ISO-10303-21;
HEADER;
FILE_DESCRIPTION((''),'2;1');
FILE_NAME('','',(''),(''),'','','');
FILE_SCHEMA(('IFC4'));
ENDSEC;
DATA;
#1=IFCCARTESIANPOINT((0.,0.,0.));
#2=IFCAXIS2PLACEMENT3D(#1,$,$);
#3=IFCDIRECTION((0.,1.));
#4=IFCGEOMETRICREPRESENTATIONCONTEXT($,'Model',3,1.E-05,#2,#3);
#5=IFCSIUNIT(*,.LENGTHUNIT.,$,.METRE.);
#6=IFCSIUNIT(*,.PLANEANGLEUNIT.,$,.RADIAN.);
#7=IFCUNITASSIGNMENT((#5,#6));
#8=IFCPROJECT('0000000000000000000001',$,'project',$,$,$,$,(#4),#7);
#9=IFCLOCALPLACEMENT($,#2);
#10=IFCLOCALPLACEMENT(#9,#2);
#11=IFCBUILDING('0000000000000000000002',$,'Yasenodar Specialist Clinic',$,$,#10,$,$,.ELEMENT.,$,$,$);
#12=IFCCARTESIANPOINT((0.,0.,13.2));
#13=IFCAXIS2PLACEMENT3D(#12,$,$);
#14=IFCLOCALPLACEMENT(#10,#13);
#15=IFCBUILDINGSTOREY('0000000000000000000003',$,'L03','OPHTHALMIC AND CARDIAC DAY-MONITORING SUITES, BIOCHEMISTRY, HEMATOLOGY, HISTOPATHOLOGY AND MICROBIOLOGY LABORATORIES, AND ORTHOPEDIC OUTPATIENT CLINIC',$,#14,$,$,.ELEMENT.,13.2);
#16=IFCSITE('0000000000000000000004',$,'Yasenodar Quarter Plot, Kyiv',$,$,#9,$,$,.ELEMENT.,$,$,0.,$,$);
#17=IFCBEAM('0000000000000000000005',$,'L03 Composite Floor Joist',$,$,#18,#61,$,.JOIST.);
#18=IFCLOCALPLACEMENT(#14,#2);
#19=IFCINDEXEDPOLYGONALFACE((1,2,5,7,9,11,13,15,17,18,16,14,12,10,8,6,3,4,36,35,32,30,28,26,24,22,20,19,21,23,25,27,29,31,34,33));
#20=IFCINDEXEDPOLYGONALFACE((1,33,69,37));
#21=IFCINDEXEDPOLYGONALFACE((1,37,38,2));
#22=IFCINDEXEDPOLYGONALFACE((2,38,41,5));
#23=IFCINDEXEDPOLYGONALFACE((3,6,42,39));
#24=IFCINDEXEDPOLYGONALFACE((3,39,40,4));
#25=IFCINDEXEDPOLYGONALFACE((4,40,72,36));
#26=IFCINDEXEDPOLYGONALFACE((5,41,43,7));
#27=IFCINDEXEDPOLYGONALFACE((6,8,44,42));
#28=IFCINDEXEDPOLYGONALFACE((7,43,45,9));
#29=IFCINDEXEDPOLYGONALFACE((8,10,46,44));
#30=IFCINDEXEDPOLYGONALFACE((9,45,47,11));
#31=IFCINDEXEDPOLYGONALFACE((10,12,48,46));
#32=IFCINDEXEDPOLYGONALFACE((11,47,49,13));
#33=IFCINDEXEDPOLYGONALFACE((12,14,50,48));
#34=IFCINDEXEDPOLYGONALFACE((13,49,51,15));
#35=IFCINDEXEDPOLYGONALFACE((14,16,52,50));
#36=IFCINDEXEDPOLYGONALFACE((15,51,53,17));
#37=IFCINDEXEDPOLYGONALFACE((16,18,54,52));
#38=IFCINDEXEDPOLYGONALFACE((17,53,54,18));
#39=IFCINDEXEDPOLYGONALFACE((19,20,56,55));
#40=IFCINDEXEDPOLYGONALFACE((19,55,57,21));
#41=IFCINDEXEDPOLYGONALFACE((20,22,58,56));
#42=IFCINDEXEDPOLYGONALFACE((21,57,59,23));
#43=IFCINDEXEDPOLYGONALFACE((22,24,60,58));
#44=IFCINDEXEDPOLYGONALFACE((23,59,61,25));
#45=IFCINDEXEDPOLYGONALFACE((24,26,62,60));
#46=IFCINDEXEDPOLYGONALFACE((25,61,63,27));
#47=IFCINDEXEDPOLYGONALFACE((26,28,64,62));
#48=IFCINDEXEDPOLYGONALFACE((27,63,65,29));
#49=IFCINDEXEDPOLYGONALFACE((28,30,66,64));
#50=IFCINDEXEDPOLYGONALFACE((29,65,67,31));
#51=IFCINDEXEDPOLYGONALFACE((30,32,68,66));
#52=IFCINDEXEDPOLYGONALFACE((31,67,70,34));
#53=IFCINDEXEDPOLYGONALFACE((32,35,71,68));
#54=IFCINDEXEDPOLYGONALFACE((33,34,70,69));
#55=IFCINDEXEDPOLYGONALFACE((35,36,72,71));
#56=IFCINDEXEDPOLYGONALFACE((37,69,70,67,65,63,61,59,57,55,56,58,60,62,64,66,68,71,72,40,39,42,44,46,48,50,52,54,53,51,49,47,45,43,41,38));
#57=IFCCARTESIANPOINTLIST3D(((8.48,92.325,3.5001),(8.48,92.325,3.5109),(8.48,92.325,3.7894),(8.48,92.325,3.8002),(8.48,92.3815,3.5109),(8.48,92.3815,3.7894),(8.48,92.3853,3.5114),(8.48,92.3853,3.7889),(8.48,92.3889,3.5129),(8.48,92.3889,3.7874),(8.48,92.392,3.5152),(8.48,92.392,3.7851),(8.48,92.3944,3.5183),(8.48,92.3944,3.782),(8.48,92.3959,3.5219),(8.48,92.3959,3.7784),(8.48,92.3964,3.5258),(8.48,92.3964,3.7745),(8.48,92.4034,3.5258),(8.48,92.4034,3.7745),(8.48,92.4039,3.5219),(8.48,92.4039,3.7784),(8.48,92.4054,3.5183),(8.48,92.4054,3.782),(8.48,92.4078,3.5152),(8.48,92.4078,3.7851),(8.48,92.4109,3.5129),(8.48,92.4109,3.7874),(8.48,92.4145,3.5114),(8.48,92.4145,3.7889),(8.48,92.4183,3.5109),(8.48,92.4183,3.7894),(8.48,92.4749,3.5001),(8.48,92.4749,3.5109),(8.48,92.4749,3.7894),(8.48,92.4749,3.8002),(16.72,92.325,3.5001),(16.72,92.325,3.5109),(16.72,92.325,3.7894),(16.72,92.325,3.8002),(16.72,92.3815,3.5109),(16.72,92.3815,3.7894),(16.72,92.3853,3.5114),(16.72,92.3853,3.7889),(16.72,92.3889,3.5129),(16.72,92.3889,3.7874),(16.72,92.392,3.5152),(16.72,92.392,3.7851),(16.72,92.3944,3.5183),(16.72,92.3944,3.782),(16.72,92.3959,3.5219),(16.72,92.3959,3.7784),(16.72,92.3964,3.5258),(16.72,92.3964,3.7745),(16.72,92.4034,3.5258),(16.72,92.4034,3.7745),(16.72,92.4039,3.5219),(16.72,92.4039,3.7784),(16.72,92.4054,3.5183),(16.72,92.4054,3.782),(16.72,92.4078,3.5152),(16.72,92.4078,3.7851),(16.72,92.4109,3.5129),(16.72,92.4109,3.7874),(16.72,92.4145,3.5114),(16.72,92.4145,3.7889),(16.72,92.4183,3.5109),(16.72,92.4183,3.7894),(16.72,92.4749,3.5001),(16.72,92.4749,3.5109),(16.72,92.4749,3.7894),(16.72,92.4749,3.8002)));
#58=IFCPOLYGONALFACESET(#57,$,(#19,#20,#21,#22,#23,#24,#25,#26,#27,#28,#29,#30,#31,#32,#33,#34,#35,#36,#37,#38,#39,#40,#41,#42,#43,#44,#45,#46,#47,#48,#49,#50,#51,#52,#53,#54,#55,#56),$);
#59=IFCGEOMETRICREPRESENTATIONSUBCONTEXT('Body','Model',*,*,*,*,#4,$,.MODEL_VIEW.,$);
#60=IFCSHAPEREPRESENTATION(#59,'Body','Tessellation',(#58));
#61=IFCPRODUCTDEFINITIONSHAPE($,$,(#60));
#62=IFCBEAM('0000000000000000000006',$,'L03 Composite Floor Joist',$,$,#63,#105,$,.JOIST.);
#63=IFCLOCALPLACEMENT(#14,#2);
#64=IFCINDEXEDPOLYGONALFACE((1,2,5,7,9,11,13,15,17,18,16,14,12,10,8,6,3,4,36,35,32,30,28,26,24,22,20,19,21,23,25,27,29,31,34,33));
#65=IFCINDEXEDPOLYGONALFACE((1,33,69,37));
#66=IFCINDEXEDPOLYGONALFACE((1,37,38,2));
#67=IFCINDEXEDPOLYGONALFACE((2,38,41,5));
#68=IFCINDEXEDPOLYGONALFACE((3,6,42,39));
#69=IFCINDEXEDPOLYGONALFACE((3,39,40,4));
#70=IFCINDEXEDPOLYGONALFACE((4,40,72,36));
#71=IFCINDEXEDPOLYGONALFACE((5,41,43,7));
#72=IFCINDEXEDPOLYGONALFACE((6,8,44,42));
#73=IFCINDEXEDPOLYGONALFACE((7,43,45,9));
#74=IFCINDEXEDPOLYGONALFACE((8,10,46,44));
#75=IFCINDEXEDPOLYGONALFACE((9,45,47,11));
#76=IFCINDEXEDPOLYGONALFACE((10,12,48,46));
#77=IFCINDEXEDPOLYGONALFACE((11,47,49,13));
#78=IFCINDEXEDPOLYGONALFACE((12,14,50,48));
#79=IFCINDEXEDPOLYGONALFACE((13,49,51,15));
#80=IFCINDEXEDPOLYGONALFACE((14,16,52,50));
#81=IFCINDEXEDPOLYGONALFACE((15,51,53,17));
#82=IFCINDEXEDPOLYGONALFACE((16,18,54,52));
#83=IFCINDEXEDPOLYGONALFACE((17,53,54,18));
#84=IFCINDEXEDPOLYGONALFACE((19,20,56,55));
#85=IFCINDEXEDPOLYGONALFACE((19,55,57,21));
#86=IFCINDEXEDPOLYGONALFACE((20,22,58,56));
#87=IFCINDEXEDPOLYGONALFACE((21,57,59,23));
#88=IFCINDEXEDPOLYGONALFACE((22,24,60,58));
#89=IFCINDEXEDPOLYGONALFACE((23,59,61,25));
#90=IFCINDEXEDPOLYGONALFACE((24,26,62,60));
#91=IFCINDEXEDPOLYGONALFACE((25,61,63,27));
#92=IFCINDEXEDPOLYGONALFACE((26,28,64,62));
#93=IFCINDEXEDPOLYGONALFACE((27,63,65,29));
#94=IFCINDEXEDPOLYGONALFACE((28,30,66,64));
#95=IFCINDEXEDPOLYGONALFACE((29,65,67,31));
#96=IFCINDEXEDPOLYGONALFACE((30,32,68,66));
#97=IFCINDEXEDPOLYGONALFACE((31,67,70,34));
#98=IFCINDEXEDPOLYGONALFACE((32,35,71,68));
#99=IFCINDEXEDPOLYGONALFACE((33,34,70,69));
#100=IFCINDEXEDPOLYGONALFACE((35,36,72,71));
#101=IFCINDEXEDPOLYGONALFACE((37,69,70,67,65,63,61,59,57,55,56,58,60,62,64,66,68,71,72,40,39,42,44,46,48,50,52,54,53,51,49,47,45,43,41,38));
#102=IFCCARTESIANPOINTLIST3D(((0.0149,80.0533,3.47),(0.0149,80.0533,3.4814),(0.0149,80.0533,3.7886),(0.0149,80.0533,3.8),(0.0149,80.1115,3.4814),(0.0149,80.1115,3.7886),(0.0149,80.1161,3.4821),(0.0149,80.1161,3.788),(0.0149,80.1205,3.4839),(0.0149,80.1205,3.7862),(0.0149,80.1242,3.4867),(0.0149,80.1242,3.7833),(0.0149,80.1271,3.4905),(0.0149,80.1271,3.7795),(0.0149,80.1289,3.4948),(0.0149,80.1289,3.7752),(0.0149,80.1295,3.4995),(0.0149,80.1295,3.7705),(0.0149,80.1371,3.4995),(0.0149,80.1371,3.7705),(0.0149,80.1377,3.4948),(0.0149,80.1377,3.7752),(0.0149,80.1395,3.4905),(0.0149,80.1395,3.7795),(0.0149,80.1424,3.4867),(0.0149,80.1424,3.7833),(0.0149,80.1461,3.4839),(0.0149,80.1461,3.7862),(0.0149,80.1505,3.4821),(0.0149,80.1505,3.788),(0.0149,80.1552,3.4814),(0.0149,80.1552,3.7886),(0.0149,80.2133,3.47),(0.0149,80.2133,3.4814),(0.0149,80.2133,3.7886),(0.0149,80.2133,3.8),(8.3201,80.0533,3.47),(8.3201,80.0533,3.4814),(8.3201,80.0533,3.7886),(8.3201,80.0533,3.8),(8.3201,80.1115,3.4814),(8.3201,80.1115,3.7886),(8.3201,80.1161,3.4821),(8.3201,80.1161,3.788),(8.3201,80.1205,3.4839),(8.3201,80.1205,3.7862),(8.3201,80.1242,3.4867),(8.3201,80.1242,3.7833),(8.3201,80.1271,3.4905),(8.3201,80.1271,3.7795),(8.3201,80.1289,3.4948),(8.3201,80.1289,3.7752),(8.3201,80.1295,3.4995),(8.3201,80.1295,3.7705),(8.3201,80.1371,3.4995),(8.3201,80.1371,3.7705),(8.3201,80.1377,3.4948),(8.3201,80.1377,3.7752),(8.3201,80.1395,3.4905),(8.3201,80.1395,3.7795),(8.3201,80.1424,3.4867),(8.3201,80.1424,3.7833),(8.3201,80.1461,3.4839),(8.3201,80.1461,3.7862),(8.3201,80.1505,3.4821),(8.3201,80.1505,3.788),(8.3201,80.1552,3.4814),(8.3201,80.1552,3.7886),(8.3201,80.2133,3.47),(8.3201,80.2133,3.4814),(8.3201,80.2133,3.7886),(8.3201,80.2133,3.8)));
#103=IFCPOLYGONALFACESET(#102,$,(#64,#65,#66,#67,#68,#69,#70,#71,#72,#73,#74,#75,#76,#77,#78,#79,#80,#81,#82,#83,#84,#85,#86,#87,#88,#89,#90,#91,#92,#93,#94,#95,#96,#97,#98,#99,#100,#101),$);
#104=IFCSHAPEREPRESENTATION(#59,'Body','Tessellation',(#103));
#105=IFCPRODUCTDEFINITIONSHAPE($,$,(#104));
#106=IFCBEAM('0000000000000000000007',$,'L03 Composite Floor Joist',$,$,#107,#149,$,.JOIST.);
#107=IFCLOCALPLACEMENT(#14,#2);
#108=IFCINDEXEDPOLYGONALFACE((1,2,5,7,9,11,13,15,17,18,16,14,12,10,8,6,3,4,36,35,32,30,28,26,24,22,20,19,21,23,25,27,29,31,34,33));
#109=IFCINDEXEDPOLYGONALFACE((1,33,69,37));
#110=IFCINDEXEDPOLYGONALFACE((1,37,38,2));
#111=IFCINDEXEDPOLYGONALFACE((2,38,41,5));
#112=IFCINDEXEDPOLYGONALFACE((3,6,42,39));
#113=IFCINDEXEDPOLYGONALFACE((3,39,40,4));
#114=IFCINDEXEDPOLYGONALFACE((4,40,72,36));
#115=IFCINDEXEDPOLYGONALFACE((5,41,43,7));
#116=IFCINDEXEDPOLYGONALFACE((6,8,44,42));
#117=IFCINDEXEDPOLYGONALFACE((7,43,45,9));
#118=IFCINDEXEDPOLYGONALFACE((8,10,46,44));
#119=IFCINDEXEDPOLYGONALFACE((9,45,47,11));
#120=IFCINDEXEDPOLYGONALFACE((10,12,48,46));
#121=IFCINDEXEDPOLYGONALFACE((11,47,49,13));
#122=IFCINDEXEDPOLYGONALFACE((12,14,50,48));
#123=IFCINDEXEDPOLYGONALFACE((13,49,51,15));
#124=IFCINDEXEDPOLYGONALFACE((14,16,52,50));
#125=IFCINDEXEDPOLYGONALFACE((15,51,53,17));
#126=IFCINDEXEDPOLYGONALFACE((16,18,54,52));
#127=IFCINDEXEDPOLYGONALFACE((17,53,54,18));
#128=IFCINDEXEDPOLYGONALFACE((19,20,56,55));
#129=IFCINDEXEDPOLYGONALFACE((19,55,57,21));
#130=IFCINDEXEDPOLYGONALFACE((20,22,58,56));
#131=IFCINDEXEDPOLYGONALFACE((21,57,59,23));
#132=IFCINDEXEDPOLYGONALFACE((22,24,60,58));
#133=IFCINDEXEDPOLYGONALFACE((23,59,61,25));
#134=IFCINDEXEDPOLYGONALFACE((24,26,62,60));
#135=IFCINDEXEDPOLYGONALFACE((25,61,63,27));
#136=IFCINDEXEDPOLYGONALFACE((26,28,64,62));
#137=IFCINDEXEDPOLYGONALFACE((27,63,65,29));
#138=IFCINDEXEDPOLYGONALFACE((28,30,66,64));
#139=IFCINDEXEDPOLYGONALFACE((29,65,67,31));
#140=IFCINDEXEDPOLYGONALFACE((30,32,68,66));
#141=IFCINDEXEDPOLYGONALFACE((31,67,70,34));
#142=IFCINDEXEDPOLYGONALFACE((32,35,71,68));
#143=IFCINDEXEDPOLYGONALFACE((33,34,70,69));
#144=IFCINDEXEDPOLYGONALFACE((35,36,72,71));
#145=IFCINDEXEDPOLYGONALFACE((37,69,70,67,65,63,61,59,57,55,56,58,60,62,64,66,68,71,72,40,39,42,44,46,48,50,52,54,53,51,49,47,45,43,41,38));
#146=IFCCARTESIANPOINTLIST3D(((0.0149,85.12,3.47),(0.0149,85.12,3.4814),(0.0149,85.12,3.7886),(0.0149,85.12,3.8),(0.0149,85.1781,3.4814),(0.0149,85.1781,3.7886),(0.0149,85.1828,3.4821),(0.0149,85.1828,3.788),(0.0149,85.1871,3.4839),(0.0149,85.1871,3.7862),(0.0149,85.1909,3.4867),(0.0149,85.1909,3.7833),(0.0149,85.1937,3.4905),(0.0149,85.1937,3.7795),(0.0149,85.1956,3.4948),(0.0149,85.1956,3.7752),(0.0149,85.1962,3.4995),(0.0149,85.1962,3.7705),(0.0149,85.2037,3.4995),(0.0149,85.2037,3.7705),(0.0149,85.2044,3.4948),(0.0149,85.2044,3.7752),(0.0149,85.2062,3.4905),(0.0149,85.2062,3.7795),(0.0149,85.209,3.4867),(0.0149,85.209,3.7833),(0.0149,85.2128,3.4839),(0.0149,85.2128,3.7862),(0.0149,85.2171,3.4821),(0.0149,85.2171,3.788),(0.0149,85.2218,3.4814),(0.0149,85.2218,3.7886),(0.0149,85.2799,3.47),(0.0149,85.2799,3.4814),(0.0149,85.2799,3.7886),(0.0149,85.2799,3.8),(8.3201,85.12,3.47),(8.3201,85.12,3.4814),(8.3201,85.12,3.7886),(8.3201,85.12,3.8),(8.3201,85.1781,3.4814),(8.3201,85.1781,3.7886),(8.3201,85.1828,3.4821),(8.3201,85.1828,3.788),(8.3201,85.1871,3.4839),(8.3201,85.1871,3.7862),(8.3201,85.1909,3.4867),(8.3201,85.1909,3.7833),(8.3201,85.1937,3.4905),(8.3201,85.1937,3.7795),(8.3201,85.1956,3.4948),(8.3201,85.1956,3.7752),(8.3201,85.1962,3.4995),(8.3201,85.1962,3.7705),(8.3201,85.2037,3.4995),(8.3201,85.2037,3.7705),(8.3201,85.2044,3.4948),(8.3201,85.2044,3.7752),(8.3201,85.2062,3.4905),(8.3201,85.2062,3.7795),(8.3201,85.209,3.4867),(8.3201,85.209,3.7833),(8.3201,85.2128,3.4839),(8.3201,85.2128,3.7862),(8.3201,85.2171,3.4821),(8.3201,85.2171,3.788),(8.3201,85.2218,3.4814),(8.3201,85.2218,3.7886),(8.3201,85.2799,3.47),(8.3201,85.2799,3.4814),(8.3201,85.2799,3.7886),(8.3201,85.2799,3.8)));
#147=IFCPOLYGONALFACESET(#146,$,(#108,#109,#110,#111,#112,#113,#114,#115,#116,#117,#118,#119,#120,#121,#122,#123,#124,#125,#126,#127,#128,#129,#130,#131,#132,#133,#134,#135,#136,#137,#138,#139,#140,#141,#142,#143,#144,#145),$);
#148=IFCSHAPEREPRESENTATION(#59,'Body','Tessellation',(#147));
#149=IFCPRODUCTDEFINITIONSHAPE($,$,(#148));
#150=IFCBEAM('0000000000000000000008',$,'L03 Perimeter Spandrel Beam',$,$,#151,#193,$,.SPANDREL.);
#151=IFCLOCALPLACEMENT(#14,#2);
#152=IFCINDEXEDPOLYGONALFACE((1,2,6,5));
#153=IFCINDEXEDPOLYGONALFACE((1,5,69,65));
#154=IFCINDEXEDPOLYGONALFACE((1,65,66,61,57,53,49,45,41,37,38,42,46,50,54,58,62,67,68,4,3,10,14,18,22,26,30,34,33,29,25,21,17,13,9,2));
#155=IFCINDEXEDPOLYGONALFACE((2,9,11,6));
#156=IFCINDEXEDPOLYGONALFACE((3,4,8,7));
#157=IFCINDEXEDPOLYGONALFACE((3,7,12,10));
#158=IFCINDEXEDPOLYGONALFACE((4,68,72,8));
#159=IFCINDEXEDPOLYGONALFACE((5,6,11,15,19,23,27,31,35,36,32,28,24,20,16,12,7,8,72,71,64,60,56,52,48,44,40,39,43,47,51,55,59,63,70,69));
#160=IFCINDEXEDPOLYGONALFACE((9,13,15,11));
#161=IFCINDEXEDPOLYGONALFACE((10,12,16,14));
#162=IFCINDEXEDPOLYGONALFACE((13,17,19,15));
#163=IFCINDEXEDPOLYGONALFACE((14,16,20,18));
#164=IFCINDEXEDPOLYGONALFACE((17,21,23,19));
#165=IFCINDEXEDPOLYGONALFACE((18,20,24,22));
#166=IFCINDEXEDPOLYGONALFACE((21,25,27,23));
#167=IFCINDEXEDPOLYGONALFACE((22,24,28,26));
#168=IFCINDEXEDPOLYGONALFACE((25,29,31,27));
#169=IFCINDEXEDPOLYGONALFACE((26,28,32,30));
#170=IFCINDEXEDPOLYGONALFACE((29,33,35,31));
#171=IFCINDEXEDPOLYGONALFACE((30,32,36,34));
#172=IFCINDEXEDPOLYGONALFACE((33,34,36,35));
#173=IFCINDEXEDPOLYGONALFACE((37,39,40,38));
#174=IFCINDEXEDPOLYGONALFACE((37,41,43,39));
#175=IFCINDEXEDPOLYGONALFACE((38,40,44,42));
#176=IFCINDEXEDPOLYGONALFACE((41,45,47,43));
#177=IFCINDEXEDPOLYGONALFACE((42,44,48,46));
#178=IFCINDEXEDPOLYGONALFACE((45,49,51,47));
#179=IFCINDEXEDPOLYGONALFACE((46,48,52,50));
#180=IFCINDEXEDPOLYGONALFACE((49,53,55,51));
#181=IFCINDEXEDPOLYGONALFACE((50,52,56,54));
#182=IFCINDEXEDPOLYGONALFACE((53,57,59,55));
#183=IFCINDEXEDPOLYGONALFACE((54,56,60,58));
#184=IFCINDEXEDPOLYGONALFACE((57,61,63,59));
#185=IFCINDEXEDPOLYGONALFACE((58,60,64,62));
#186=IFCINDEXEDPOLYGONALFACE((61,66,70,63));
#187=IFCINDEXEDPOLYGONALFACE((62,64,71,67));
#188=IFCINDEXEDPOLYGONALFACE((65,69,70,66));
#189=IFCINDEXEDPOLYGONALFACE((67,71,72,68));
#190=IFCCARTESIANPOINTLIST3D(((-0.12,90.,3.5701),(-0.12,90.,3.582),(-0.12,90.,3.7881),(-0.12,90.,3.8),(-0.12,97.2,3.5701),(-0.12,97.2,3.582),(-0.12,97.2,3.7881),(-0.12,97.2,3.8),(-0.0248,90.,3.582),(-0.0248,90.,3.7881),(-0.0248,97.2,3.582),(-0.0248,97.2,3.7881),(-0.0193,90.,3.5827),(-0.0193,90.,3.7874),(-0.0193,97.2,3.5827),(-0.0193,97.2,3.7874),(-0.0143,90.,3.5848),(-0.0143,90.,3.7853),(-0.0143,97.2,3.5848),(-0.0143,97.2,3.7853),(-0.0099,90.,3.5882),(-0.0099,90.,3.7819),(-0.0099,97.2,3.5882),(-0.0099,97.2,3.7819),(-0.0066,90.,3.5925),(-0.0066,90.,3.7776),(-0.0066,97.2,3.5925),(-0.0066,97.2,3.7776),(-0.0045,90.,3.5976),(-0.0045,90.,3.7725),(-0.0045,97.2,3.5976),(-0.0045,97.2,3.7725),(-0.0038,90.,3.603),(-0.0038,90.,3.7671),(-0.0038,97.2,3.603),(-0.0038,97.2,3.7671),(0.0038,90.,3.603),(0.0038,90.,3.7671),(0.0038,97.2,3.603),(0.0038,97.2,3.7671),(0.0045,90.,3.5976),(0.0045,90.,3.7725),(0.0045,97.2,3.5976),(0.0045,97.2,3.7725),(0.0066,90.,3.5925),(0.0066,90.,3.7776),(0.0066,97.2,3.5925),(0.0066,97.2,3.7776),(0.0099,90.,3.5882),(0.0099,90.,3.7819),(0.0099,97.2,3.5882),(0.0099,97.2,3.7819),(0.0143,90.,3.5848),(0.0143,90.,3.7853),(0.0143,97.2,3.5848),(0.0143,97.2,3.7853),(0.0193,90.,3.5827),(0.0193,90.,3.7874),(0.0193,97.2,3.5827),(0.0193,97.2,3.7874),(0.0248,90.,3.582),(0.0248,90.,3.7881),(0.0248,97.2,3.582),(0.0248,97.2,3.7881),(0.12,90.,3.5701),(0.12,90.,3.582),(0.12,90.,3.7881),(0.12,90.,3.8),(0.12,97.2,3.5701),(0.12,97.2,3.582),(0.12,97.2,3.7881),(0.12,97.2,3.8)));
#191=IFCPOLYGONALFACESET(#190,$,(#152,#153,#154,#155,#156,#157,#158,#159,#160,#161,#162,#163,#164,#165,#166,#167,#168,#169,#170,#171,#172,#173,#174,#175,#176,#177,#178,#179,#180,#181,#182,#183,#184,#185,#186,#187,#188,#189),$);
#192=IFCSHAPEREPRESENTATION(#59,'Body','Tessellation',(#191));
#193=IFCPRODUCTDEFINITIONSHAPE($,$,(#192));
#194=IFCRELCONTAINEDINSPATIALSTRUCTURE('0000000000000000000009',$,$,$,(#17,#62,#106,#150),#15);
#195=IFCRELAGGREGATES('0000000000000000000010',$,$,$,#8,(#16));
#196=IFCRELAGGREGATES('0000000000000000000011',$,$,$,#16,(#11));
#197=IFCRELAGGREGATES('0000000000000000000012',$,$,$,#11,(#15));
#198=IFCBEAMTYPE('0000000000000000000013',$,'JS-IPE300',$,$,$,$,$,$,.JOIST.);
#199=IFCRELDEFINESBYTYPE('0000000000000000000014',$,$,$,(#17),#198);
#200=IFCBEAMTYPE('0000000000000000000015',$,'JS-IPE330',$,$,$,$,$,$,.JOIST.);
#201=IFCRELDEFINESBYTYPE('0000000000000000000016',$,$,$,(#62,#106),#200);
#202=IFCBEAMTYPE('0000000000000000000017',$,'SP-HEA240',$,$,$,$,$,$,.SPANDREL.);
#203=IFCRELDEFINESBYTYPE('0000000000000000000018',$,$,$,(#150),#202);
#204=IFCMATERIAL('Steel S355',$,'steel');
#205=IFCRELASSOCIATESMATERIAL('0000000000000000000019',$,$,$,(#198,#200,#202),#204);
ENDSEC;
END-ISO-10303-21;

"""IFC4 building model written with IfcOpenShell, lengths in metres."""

from ifc_helpers import new_model, si_unit, direction, frame, origin, origin_2d, place, context, subcontext, project, spatial, i_section, extrude, material, material_profile, profile_set, type_object, element, save


model = new_model("IFC4")

# Units and contexts
model_context = context("Model", 3, precision=1e-05, world=origin(), true_north=direction((0.0, 1.0)))
body_context = subcontext(model_context, "Body", "Model", "MODEL_VIEW")
ifc_project = project(units=[si_unit("LENGTHUNIT", "METRE"), si_unit("PLANEANGLEUNIT", "RADIAN")], contexts=[model_context])

# Site, building, storey
site_placement = place(None, origin())
site = spatial("IfcSite", under=ifc_project, at=site_placement, Name="Yasenodar Quarter Plot, Kyiv", CompositionType="ELEMENT", RefElevation=0.0)
building_placement = place(site_placement, origin())
building = spatial("IfcBuilding", under=site, at=building_placement, Name="Yasenodar Specialist Clinic", CompositionType="ELEMENT")
storey_placement = place(building_placement, frame((0.0, 0.0, 13.2)))
storey = spatial("IfcBuildingStorey", under=building, at=storey_placement, Name="L03", Description="OPHTHALMIC AND CARDIAC DAY-MONITORING SUITES, BIOCHEMISTRY, HEMATOLOGY, HISTOPATHOLOGY AND MICROBIOLOGY LABORATORIES, AND ORTHOPEDIC OUTPATIENT CLINIC", CompositionType="ELEMENT", Elevation=13.2)

# Shared definitions
ifc_material_1 = material(Name="Steel S355", Category="steel")

# Beams
ifc_material_profile_1 = material_profile(ifc_material_1, i_section(OverallWidth=0.1499, OverallDepth=0.3, WebThickness=0.0071, FlangeThickness=0.0107, FilletRadius=0.0149, at=origin_2d()), Name="IPE 300")
ifc_profile_set_1 = profile_set([ifc_material_profile_1], Name="Steel S355")
beam_type_1 = type_object("IfcBeamType", Name="JS-IPE300", PredefinedType="JOIST", material=ifc_profile_set_1)
for number, where, z_axis, x_axis, name in (
    (1, (8.48, 92.3999, 3.6501), (1.0, 0.0, 0.0), (0.0, 1.0, 0.0), "L03 Composite Floor Joist"),
):
    element("IfcBeam", number, at=place(storey_placement, frame(where, z_axis=z_axis, x_axis=x_axis)), inside=storey, type_object=beam_type_1, Name=name, PredefinedType="JOIST", context=body_context, shape_type="SweptSolid", body=[
        extrude(i_section(OverallWidth=0.1499, OverallDepth=0.3, WebThickness=0.0071, FlangeThickness=0.0107, FilletRadius=0.0149, at=origin_2d()), origin(), (0.0, 0.0, 1.0), 8.24),
    ])
ifc_material_profile_2 = material_profile(ifc_material_1, i_section(OverallWidth=0.1599, OverallDepth=0.3301, WebThickness=0.0076, FlangeThickness=0.0115, FilletRadius=0.0181, at=origin_2d()), Name="IPE 330")
ifc_profile_set_2 = profile_set([ifc_material_profile_2], Name="Steel S355")
beam_type_2 = type_object("IfcBeamType", Name="JS-IPE330", PredefinedType="JOIST", material=ifc_profile_set_2)
for number, where, z_axis, x_axis, name in (
    (2, (0.0149, 80.1333, 3.635), (1.0, 0.0, 0.0), (0.0, 1.0, 0.0), "L03 Composite Floor Joist"),
    (3, (0.0149, 85.2, 3.635), (1.0, 0.0, 0.0), (0.0, 1.0, 0.0), "L03 Composite Floor Joist"),
):
    element("IfcBeam", number, at=place(storey_placement, frame(where, z_axis=z_axis, x_axis=x_axis)), inside=storey, type_object=beam_type_2, Name=name, PredefinedType="JOIST", context=body_context, shape_type="SweptSolid", body=[
        extrude(i_section(OverallWidth=0.1599, OverallDepth=0.3301, WebThickness=0.0076, FlangeThickness=0.0115, FilletRadius=0.0181, at=origin_2d()), origin(), (0.0, 0.0, 1.0), 8.3052),
    ])
ifc_material_profile_3 = material_profile(ifc_material_1, i_section(OverallWidth=0.24, OverallDepth=0.23, WebThickness=0.0076, FlangeThickness=0.012, FilletRadius=0.021, at=origin_2d()), Name="HEA 240")
ifc_profile_set_3 = profile_set([ifc_material_profile_3], Name="Steel S355")
beam_type_3 = type_object("IfcBeamType", Name="SP-HEA240", PredefinedType="SPANDREL", material=ifc_profile_set_3)
beam_1_placement = place(storey_placement, frame((0.0, 90.0, 3.6851), z_axis=(0.0, 1.0, 0.0), x_axis=(-1.0, 0.0, 0.0)))
element("IfcBeam", 4, at=beam_1_placement, inside=storey, type_object=beam_type_3, Name="L03 Perimeter Spandrel Beam", PredefinedType="SPANDREL", context=body_context, shape_type="SweptSolid", body=[
    extrude(i_section(OverallWidth=0.24, OverallDepth=0.23, WebThickness=0.0076, FlangeThickness=0.012, FilletRadius=0.021, at=origin_2d()), origin(), (0.0, 0.0, 1.0), 7.2),
])

save(model, "model.ifc")
